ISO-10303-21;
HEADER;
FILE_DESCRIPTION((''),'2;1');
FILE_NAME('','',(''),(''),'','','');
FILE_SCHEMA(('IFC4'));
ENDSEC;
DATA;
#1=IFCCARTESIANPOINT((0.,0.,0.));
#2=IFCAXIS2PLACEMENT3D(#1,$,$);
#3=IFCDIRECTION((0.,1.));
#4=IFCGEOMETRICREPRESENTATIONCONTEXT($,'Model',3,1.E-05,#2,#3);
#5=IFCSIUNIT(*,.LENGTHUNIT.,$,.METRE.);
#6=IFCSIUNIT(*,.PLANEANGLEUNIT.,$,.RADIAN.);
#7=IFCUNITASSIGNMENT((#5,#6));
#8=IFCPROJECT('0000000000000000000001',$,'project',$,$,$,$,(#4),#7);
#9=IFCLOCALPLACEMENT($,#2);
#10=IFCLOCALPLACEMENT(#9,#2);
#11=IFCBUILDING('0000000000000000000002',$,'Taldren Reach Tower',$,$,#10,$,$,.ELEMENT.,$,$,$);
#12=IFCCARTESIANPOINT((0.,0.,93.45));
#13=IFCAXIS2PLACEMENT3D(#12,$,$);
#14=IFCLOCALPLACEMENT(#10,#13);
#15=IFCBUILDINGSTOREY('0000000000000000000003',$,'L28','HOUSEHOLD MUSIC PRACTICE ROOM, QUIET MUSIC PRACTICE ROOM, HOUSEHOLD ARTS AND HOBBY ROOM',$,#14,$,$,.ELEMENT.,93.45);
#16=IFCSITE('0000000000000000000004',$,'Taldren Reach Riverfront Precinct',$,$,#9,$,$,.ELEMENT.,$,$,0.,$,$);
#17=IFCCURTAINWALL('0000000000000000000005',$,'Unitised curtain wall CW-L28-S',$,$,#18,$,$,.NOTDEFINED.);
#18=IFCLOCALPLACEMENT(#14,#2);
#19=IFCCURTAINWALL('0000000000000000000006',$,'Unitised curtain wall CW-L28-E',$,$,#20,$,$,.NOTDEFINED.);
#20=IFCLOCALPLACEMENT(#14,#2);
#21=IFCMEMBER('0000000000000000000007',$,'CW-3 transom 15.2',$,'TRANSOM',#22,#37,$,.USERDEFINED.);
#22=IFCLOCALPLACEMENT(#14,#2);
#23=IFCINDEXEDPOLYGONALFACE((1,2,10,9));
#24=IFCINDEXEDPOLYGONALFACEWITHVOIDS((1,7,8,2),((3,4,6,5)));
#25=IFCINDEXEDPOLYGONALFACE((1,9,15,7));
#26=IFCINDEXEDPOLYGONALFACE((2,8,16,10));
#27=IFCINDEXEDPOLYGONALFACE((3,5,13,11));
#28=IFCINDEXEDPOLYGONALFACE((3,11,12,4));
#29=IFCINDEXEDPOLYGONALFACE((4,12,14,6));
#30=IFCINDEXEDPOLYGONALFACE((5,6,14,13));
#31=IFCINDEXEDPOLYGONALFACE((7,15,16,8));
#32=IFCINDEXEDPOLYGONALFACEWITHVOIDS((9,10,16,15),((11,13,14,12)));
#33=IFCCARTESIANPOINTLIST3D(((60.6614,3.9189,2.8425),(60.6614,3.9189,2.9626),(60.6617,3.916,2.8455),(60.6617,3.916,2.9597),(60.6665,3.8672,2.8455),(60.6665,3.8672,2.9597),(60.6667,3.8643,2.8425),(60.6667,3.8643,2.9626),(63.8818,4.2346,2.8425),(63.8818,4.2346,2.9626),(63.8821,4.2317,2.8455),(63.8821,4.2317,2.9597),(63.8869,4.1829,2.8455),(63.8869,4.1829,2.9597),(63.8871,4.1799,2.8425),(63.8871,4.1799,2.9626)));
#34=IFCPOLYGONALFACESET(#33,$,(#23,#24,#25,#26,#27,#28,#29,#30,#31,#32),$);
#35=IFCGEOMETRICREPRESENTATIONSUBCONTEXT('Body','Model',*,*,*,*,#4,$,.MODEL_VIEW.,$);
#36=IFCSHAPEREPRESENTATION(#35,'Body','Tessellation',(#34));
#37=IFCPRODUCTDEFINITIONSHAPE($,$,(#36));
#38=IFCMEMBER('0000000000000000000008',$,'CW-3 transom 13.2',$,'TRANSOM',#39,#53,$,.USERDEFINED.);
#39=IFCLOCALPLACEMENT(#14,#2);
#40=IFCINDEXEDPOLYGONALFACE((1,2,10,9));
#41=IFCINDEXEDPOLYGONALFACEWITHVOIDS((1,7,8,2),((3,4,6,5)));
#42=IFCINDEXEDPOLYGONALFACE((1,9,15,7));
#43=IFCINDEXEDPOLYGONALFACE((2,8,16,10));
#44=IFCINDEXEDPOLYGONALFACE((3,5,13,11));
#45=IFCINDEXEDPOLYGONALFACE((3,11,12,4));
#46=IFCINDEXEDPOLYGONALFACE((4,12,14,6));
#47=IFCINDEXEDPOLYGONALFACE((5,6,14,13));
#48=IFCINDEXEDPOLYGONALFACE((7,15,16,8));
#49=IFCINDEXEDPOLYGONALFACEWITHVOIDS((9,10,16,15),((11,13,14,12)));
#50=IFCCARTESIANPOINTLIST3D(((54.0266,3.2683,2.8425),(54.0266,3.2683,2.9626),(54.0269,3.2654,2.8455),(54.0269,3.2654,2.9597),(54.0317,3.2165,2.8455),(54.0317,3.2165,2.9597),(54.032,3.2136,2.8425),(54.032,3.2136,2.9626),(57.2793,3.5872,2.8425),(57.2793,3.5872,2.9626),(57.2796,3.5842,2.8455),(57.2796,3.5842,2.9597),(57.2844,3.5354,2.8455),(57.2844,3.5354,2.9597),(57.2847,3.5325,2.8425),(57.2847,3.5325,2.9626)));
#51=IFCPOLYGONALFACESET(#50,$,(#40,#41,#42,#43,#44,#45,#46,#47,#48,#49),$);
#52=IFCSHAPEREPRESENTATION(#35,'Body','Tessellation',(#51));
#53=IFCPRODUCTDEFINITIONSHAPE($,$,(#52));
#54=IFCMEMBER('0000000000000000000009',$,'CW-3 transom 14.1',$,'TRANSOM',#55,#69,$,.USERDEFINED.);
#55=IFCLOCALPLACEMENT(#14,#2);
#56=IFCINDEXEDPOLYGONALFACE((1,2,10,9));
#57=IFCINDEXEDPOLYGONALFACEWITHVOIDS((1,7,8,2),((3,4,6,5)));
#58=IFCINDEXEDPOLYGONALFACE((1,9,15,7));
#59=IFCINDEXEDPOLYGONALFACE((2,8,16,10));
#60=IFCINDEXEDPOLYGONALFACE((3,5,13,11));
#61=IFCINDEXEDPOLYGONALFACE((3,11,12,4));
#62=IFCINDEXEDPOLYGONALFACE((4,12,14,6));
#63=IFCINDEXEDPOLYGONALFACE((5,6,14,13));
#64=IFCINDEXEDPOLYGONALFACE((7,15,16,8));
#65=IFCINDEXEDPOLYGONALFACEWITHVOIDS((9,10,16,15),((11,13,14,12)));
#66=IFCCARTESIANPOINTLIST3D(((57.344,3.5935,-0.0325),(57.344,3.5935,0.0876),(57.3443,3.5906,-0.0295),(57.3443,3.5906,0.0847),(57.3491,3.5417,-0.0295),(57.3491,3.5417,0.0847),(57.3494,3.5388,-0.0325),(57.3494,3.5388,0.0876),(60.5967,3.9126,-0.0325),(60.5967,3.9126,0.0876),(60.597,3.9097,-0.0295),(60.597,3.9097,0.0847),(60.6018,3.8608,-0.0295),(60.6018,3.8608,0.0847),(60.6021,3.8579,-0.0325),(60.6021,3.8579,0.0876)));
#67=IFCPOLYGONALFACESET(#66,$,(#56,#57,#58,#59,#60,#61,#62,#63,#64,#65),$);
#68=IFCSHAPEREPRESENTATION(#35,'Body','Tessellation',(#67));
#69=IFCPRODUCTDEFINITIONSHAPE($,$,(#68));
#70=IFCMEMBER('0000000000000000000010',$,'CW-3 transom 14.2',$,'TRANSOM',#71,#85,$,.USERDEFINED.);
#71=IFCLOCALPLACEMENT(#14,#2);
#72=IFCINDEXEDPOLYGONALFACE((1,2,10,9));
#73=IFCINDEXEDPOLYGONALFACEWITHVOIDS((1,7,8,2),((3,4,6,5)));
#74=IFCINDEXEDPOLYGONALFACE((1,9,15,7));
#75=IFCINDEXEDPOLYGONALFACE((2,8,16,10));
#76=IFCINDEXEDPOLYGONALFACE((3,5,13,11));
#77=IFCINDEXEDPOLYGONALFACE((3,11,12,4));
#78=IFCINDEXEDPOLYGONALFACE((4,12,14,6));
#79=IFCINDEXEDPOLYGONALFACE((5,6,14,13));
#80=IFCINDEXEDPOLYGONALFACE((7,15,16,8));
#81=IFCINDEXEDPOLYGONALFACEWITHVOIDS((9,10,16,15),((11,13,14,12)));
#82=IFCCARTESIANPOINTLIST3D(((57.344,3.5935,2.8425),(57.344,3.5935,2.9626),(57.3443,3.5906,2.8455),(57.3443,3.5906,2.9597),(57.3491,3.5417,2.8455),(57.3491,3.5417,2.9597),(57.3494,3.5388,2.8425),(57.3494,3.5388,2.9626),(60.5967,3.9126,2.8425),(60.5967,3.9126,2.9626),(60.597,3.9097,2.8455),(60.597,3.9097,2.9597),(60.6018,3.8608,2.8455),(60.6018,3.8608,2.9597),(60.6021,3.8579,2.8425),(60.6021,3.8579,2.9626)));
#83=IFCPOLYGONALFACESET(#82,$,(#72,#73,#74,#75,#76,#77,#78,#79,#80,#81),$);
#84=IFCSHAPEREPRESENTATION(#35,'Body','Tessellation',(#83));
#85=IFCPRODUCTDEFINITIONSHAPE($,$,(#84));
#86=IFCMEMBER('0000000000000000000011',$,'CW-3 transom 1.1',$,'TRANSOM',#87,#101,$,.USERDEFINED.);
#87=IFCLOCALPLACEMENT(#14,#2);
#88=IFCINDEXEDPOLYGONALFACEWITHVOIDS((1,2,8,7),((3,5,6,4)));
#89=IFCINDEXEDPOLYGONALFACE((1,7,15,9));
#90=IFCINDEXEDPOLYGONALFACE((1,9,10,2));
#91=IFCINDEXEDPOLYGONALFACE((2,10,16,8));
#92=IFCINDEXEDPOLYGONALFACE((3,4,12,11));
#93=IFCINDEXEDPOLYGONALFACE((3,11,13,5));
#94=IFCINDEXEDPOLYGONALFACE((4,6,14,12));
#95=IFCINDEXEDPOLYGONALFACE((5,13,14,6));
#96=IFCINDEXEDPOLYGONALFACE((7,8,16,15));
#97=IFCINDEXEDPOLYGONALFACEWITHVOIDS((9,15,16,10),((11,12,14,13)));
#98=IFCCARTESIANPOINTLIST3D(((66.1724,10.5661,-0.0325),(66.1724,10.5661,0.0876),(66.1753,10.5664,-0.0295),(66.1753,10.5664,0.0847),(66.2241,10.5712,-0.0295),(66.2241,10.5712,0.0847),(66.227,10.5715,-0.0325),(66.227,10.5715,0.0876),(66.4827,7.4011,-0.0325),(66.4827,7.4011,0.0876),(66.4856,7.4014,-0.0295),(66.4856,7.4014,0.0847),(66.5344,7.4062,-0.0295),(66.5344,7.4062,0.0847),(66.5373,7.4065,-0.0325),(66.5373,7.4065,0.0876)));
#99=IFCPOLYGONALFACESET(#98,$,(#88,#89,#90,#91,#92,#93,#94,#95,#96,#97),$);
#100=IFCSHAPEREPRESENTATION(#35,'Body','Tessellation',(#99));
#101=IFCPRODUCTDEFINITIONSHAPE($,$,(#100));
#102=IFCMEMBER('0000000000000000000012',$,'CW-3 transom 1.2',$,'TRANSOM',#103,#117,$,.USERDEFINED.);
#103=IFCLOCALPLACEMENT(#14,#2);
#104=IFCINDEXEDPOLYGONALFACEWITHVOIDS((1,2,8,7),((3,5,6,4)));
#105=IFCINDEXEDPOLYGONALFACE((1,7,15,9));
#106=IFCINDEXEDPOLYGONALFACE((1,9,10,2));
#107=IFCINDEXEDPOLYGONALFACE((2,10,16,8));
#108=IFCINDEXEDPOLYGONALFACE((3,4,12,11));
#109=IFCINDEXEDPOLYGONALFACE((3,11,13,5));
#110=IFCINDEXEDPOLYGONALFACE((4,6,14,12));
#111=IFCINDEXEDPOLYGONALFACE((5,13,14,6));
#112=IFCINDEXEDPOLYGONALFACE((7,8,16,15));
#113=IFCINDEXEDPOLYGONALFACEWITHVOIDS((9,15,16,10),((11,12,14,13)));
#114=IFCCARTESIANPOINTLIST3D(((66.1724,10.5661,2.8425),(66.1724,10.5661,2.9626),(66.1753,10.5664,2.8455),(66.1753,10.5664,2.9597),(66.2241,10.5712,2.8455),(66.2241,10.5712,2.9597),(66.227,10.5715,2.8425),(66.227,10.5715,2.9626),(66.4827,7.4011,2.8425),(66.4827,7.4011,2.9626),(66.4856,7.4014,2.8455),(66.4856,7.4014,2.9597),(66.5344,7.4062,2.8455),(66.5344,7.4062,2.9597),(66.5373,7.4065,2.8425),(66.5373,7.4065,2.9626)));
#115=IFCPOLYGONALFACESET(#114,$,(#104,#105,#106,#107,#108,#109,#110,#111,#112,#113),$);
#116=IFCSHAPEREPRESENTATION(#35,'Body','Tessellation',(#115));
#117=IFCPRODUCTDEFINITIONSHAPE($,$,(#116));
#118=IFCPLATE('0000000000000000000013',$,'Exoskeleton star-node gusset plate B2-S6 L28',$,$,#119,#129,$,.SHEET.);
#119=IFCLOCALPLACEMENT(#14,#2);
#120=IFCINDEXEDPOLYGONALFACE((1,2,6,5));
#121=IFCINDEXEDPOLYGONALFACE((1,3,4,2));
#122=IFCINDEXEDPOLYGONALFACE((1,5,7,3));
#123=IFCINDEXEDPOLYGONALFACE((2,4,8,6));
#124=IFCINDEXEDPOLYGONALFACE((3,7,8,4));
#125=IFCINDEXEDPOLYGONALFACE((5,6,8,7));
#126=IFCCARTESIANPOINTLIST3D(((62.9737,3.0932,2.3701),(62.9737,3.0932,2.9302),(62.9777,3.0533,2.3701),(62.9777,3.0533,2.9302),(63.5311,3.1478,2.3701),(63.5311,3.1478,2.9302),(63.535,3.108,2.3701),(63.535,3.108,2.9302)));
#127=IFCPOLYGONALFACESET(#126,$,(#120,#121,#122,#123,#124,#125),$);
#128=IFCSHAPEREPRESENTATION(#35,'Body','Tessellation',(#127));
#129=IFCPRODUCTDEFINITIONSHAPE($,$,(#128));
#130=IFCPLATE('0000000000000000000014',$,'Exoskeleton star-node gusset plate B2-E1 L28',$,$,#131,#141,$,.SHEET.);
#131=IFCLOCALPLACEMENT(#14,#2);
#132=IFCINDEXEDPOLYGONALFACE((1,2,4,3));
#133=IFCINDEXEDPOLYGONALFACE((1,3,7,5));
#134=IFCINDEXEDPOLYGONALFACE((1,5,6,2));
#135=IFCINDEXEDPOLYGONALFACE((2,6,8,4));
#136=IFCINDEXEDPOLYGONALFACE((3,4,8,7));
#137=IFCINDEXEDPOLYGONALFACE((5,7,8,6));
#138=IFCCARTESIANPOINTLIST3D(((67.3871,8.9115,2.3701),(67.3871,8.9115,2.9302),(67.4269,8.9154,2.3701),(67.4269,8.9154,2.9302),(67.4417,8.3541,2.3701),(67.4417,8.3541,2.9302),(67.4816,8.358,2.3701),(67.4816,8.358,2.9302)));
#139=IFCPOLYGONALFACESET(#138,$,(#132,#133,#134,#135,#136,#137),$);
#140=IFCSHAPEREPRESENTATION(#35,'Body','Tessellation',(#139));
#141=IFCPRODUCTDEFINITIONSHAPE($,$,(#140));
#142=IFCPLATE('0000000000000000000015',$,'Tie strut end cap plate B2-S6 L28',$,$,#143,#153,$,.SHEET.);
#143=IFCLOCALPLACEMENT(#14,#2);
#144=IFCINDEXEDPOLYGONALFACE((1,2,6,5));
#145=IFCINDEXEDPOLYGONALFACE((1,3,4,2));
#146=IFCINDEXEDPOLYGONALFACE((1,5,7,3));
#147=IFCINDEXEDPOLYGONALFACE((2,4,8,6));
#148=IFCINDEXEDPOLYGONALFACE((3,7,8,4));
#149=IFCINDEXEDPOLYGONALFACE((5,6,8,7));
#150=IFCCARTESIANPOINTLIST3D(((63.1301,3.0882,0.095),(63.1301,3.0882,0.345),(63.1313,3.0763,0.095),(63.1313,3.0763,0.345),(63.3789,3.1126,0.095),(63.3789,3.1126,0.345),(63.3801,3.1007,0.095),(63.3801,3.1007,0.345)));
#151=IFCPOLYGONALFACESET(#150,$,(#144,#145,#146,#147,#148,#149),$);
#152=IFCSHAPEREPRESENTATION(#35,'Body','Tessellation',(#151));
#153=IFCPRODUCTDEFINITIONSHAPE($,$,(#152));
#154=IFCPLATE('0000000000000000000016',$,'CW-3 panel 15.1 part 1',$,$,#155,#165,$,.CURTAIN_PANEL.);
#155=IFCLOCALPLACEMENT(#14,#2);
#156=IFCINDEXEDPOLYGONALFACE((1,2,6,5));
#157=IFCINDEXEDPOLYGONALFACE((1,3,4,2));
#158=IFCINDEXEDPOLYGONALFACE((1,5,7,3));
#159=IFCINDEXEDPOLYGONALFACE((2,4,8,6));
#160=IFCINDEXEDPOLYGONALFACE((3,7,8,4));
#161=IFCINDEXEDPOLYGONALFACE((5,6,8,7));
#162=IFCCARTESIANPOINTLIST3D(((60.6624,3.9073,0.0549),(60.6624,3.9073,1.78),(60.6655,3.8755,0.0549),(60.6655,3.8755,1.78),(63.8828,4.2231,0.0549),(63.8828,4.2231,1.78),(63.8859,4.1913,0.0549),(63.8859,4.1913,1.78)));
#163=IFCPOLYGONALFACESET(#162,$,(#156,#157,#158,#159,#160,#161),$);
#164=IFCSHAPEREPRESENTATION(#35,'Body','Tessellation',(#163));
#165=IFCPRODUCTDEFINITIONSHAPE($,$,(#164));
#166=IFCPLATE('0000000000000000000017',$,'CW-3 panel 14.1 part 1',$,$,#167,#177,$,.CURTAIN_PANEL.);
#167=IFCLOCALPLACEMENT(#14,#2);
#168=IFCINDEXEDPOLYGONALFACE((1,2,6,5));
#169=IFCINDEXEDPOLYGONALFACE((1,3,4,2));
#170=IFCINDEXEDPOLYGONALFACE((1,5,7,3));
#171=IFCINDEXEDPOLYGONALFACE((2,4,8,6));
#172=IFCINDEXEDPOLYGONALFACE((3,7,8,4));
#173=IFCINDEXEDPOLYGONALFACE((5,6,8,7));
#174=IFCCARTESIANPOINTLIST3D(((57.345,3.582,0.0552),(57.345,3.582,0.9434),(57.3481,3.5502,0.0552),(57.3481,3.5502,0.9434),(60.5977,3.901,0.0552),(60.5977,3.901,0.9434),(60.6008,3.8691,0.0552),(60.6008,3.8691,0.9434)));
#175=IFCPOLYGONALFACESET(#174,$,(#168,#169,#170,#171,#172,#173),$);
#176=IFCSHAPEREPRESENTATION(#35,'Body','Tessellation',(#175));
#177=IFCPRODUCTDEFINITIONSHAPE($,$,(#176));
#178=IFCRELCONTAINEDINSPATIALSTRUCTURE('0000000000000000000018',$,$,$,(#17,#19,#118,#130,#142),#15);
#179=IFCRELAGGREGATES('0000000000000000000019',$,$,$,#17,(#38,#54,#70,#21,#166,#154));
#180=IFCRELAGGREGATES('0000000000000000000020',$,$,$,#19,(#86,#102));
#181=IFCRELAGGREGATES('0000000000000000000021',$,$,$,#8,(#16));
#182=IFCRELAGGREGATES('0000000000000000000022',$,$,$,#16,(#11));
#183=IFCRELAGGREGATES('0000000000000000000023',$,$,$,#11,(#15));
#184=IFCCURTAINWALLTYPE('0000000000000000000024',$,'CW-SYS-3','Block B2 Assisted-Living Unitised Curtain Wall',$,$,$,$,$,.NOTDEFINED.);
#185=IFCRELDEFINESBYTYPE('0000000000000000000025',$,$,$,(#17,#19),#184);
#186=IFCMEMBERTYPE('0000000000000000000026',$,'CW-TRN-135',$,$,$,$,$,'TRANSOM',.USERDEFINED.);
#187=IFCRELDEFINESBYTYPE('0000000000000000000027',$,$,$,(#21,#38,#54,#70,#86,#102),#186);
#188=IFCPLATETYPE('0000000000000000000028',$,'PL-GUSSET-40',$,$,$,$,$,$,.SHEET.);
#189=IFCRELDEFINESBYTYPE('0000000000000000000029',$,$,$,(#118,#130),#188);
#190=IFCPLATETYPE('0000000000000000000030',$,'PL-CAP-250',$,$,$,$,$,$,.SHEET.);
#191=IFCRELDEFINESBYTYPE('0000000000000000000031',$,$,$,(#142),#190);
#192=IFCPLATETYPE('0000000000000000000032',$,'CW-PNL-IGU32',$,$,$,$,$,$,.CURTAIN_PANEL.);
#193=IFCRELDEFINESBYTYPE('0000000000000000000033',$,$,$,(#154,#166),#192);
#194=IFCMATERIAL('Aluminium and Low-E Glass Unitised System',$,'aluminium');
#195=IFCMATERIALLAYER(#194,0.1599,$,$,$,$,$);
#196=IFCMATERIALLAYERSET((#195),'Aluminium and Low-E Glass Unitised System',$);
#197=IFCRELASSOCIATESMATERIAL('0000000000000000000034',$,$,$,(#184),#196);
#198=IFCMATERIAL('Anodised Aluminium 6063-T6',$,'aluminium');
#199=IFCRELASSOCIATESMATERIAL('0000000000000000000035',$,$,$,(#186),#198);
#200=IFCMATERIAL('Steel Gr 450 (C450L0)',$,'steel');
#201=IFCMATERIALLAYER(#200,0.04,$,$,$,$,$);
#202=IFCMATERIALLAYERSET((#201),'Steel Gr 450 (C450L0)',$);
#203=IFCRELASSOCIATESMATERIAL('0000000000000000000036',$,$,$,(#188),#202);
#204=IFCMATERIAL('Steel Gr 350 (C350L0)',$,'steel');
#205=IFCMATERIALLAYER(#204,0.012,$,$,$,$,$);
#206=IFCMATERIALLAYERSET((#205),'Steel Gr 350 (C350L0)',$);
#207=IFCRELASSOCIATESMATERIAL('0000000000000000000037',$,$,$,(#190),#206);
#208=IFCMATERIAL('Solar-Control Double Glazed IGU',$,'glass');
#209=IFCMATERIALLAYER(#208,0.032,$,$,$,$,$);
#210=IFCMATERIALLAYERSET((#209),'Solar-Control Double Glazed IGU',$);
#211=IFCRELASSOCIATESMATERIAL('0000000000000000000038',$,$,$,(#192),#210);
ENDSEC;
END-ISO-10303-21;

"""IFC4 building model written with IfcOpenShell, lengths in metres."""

from ifc_helpers import new_model, si_unit, direction, frame, origin, origin_2d, place, context, subcontext, project, spatial, rectangle, hollow_rectangle, extrude, source, transform, mapped, material, layer, layer_set, material_profile, profile_set, type_object, element, aggregate, save


model = new_model("IFC4")

# Units and contexts
model_context = context("Model", 3, precision=1e-05, world=origin(), true_north=direction((0.0, 1.0)))
body_context = subcontext(model_context, "Body", "Model", "MODEL_VIEW")
ifc_project = project(units=[si_unit("LENGTHUNIT", "METRE"), si_unit("PLANEANGLEUNIT", "RADIAN")], contexts=[model_context])

# Site, building, storey
site_placement = place(None, origin())
site = spatial("IfcSite", under=ifc_project, at=site_placement, Name="Taldren Reach Riverfront Precinct", CompositionType="ELEMENT", RefElevation=0.0)
building_placement = place(site_placement, origin())
building = spatial("IfcBuilding", under=site, at=building_placement, Name="Taldren Reach Tower", CompositionType="ELEMENT")
storey_placement = place(building_placement, frame((0.0, 0.0, 93.45)))
storey = spatial("IfcBuildingStorey", under=building, at=storey_placement, Name="L28", Description="HOUSEHOLD MUSIC PRACTICE ROOM, QUIET MUSIC PRACTICE ROOM, HOUSEHOLD ARTS AND HOBBY ROOM", CompositionType="ELEMENT", Elevation=93.45)

# Shared definitions
ifc_material_1 = material(Name="Steel Gr 450 (C450L0)", Category="steel")
ifc_material_2 = material(Name="Steel Gr 350 (C350L0)", Category="steel")

# Curtain wall
ifc_material_3 = material(Name="Aluminium and Low-E Glass Unitised System", Category="aluminium")
ifc_layer_1 = layer(ifc_material_3, 0.1599)
ifc_layer_set_1 = layer_set([ifc_layer_1], Name="Aluminium and Low-E Glass Unitised System")
curtain_wall_type = type_object("IfcCurtainWallType", Name="CW-SYS-3", Description="Block B2 Assisted-Living Unitised Curtain Wall", PredefinedType="NOTDEFINED", material=ifc_layer_set_1)
curtain_wall_1_placement = place(storey_placement, origin())
curtain_wall_1 = element("IfcCurtainWall", 1, at=curtain_wall_1_placement, inside=storey, type_object=curtain_wall_type, Name="Unitised curtain wall CW-L28-S", PredefinedType="NOTDEFINED")
ifc_material_4 = material(Name="Anodised Aluminium 6063-T6", Category="aluminium")

# Curtain wall
curtain_wall_2_placement = place(storey_placement, origin())
curtain_wall_2 = element("IfcCurtainWall", 2, at=curtain_wall_2_placement, inside=storey, type_object=curtain_wall_type, Name="Unitised curtain wall CW-L28-E", PredefinedType="NOTDEFINED")

# Members
ifc_material_profile_1 = material_profile(ifc_material_4, hollow_rectangle(XDim=0.0549, YDim=0.1201, WallThickness=0.0029, at=origin_2d()), Name="ALU-120x55x3RHS")
ifc_profile_set_1 = profile_set([ifc_material_profile_1], Name="Anodised Aluminium 6063-T6")
member_type_1 = type_object("IfcMemberType", Name="CW-TRN-135", ElementType="TRANSOM", PredefinedType="USERDEFINED", material=ifc_profile_set_1)
shared_shape_1 = source(origin(), body_context, "Body", "SweptSolid", [
    extrude(hollow_rectangle(XDim=0.0549, YDim=0.1201, WallThickness=0.0029, at=origin_2d()), origin(), (0.0, 0.0, 1.0), 3.2358),
])
member_1_placement = place(storey_placement, frame((60.6641, 3.8916, 2.9026), z_axis=(0.99523, 0.097554, 0.0), x_axis=(-0.097554, 0.99523, 0.0)))
member_1 = element("IfcMember", 3, at=member_1_placement, type_object=member_type_1, Name="CW-3 transom 15.2", ObjectType="TRANSOM", PredefinedType="USERDEFINED", context=body_context, shape_type="MappedRepresentation", body=[
    mapped(shared_shape_1, transform((0.0, 0.0, 0.0), scale=1.0)),
])
shared_shape_2 = source(origin(), body_context, "Body", "SweptSolid", [
    extrude(hollow_rectangle(XDim=0.0549, YDim=0.1201, WallThickness=0.0029, at=origin_2d()), origin(), (0.0, 0.0, 1.0), 3.2683),
])
member_2_placement = place(storey_placement, frame((54.0293, 3.241, 2.9026), z_axis=(0.99523, 0.097558, 0.0), x_axis=(-0.097558, 0.99523, 0.0)))
member_2 = element("IfcMember", 4, at=member_2_placement, type_object=member_type_1, Name="CW-3 transom 13.2", ObjectType="TRANSOM", PredefinedType="USERDEFINED", context=body_context, shape_type="MappedRepresentation", body=[
    mapped(shared_shape_2, transform((0.0, 0.0, 0.0), scale=1.0)),
])
member_3_placement = place(storey_placement, frame((57.3467, 3.5662, 0.0276), z_axis=(0.995223, 0.097632, 0.0), x_axis=(-0.097632, 0.995223, 0.0)))
member_3 = element("IfcMember", 5, at=member_3_placement, type_object=member_type_1, Name="CW-3 transom 14.1", ObjectType="TRANSOM", PredefinedType="USERDEFINED", context=body_context, shape_type="MappedRepresentation", body=[
    mapped(shared_shape_2, transform((0.0, 0.0, 0.0), scale=1.0)),
])
member_4_placement = place(storey_placement, frame((57.3467, 3.5662, 2.9026), z_axis=(0.995223, 0.097632, 0.0), x_axis=(-0.097632, 0.995223, 0.0)))
member_4 = element("IfcMember", 6, at=member_4_placement, type_object=member_type_1, Name="CW-3 transom 14.2", ObjectType="TRANSOM", PredefinedType="USERDEFINED", context=body_context, shape_type="MappedRepresentation", body=[
    mapped(shared_shape_2, transform((0.0, 0.0, 0.0), scale=1.0)),
])
shared_shape_3 = source(origin(), body_context, "Body", "SweptSolid", [
    extrude(hollow_rectangle(XDim=0.0549, YDim=0.1201, WallThickness=0.0029, at=origin_2d()), origin(), (0.0, 0.0, 1.0), 3.1802),
])
member_5_placement = place(storey_placement, frame((66.51, 7.4038, 0.0276), z_axis=(-0.097573, 0.995228, 0.0), x_axis=(-0.995228, -0.097573, 0.0)))
member_5 = element("IfcMember", 7, at=member_5_placement, type_object=member_type_1, Name="CW-3 transom 1.1", ObjectType="TRANSOM", PredefinedType="USERDEFINED", context=body_context, shape_type="MappedRepresentation", body=[
    mapped(shared_shape_3, transform((0.0, 0.0, 0.0), scale=1.0)),
])
member_6_placement = place(storey_placement, frame((66.51, 7.4038, 2.9026), z_axis=(-0.097573, 0.995228, 0.0), x_axis=(-0.995228, -0.097573, 0.0)))
member_6 = element("IfcMember", 8, at=member_6_placement, type_object=member_type_1, Name="CW-3 transom 1.2", ObjectType="TRANSOM", PredefinedType="USERDEFINED", context=body_context, shape_type="MappedRepresentation", body=[
    mapped(shared_shape_3, transform((0.0, 0.0, 0.0), scale=1.0)),
])

# Plates
ifc_layer_2 = layer(ifc_material_1, 0.04)
ifc_layer_set_2 = layer_set([ifc_layer_2], Name="Steel Gr 450 (C450L0)")
plate_type_1 = type_object("IfcPlateType", Name="PL-GUSSET-40", PredefinedType="SHEET", material=ifc_layer_set_2)
shared_shape_4 = source(origin(), body_context, "Body", "SweptSolid", [
    extrude(rectangle(XDim=0.5601, YDim=0.04, at=origin_2d()), origin(), (0.0, 0.0, 1.0), 0.5601),
])
for number, where, z_axis, x_axis, name in (
    (9, (63.2544, 3.1006, 2.3701), (0.0, 0.0, 1.0), (0.995227, 0.097583, 0.0), "Exoskeleton star-node gusset plate B2-S6 L28"),
    (10, (67.4343, 8.6348, 2.3701), (0.0, 0.0, 1.0), (-0.097583, 0.995227, 0.0), "Exoskeleton star-node gusset plate B2-E1 L28"),
):
    element("IfcPlate", number, at=place(storey_placement, frame(where, z_axis=z_axis, x_axis=x_axis)), inside=storey, type_object=plate_type_1, Name=name, PredefinedType="SHEET", context=body_context, shape_type="MappedRepresentation", body=[
        mapped(shared_shape_4, transform((0.0, 0.0, 0.0), scale=1.0)),
    ])
ifc_layer_3 = layer(ifc_material_2, 0.012)
ifc_layer_set_3 = layer_set([ifc_layer_3], Name="Steel Gr 350 (C350L0)")
plate_type_2 = type_object("IfcPlateType", Name="PL-CAP-250", PredefinedType="SHEET", material=ifc_layer_set_3)
shared_shape_5 = source(origin(), body_context, "Body", "SweptSolid", [
    extrude(rectangle(XDim=0.25, YDim=0.012, at=origin_2d()), origin(), (0.0, 0.0, 1.0), 0.25),
])
plate_1_placement = place(storey_placement, frame((63.2551, 3.0945, 0.095), z_axis=(0.0, 0.0, 1.0), x_axis=(0.995227, 0.097583, 0.0)))
element("IfcPlate", 11, at=plate_1_placement, inside=storey, type_object=plate_type_2, Name="Tie strut end cap plate B2-S6 L28", PredefinedType="SHEET", context=body_context, shape_type="MappedRepresentation", body=[
    mapped(shared_shape_5, transform((0.0, 0.0, 0.0), scale=1.0)),
])

# Plates
ifc_material_5 = material(Name="Solar-Control Double Glazed IGU", Category="glass")
ifc_layer_4 = layer(ifc_material_5, 0.032)
ifc_layer_set_4 = layer_set([ifc_layer_4], Name="Solar-Control Double Glazed IGU")
plate_type_3 = type_object("IfcPlateType", Name="CW-PNL-IGU32", PredefinedType="CURTAIN_PANEL", material=ifc_layer_set_4)
shared_shape_6 = source(origin(), body_context, "Body", "SweptSolid", [
    extrude(rectangle(XDim=3.2358, YDim=0.032, at=origin_2d()), origin(), (0.0, 0.0, 1.0), 1.7251),
])
plate_2_placement = place(storey_placement, frame((62.2742, 4.0493, 0.0549), z_axis=(0.0, 0.0, 1.0), x_axis=(0.995227, 0.097583, 0.0)))
plate_2 = element("IfcPlate", 12, at=plate_2_placement, type_object=plate_type_3, Name="CW-3 panel 15.1 part 1", PredefinedType="CURTAIN_PANEL", context=body_context, shape_type="MappedRepresentation", body=[
    mapped(shared_shape_6, transform((0.0, 0.0, 0.0), scale=1.0)),
])
shared_shape_7 = source(origin(), body_context, "Body", "SweptSolid", [
    extrude(rectangle(XDim=3.2683, YDim=0.032, at=origin_2d()), origin(), (0.0, 0.0, 1.0), 0.8882),
])
plate_3_placement = place(storey_placement, frame((58.9729, 3.7256, 0.0552), z_axis=(0.0, 0.0, 1.0), x_axis=(0.995227, 0.097583, 0.0)))
plate_3 = element("IfcPlate", 13, at=plate_3_placement, type_object=plate_type_3, Name="CW-3 panel 14.1 part 1", PredefinedType="CURTAIN_PANEL", context=body_context, shape_type="MappedRepresentation", body=[
    mapped(shared_shape_7, transform((0.0, 0.0, 0.0), scale=1.0)),
])
aggregate(curtain_wall_1, [member_2, member_3, member_4, member_1, plate_3, plate_2])
aggregate(curtain_wall_2, [member_5, member_6])

save(model, "model.ifc")
